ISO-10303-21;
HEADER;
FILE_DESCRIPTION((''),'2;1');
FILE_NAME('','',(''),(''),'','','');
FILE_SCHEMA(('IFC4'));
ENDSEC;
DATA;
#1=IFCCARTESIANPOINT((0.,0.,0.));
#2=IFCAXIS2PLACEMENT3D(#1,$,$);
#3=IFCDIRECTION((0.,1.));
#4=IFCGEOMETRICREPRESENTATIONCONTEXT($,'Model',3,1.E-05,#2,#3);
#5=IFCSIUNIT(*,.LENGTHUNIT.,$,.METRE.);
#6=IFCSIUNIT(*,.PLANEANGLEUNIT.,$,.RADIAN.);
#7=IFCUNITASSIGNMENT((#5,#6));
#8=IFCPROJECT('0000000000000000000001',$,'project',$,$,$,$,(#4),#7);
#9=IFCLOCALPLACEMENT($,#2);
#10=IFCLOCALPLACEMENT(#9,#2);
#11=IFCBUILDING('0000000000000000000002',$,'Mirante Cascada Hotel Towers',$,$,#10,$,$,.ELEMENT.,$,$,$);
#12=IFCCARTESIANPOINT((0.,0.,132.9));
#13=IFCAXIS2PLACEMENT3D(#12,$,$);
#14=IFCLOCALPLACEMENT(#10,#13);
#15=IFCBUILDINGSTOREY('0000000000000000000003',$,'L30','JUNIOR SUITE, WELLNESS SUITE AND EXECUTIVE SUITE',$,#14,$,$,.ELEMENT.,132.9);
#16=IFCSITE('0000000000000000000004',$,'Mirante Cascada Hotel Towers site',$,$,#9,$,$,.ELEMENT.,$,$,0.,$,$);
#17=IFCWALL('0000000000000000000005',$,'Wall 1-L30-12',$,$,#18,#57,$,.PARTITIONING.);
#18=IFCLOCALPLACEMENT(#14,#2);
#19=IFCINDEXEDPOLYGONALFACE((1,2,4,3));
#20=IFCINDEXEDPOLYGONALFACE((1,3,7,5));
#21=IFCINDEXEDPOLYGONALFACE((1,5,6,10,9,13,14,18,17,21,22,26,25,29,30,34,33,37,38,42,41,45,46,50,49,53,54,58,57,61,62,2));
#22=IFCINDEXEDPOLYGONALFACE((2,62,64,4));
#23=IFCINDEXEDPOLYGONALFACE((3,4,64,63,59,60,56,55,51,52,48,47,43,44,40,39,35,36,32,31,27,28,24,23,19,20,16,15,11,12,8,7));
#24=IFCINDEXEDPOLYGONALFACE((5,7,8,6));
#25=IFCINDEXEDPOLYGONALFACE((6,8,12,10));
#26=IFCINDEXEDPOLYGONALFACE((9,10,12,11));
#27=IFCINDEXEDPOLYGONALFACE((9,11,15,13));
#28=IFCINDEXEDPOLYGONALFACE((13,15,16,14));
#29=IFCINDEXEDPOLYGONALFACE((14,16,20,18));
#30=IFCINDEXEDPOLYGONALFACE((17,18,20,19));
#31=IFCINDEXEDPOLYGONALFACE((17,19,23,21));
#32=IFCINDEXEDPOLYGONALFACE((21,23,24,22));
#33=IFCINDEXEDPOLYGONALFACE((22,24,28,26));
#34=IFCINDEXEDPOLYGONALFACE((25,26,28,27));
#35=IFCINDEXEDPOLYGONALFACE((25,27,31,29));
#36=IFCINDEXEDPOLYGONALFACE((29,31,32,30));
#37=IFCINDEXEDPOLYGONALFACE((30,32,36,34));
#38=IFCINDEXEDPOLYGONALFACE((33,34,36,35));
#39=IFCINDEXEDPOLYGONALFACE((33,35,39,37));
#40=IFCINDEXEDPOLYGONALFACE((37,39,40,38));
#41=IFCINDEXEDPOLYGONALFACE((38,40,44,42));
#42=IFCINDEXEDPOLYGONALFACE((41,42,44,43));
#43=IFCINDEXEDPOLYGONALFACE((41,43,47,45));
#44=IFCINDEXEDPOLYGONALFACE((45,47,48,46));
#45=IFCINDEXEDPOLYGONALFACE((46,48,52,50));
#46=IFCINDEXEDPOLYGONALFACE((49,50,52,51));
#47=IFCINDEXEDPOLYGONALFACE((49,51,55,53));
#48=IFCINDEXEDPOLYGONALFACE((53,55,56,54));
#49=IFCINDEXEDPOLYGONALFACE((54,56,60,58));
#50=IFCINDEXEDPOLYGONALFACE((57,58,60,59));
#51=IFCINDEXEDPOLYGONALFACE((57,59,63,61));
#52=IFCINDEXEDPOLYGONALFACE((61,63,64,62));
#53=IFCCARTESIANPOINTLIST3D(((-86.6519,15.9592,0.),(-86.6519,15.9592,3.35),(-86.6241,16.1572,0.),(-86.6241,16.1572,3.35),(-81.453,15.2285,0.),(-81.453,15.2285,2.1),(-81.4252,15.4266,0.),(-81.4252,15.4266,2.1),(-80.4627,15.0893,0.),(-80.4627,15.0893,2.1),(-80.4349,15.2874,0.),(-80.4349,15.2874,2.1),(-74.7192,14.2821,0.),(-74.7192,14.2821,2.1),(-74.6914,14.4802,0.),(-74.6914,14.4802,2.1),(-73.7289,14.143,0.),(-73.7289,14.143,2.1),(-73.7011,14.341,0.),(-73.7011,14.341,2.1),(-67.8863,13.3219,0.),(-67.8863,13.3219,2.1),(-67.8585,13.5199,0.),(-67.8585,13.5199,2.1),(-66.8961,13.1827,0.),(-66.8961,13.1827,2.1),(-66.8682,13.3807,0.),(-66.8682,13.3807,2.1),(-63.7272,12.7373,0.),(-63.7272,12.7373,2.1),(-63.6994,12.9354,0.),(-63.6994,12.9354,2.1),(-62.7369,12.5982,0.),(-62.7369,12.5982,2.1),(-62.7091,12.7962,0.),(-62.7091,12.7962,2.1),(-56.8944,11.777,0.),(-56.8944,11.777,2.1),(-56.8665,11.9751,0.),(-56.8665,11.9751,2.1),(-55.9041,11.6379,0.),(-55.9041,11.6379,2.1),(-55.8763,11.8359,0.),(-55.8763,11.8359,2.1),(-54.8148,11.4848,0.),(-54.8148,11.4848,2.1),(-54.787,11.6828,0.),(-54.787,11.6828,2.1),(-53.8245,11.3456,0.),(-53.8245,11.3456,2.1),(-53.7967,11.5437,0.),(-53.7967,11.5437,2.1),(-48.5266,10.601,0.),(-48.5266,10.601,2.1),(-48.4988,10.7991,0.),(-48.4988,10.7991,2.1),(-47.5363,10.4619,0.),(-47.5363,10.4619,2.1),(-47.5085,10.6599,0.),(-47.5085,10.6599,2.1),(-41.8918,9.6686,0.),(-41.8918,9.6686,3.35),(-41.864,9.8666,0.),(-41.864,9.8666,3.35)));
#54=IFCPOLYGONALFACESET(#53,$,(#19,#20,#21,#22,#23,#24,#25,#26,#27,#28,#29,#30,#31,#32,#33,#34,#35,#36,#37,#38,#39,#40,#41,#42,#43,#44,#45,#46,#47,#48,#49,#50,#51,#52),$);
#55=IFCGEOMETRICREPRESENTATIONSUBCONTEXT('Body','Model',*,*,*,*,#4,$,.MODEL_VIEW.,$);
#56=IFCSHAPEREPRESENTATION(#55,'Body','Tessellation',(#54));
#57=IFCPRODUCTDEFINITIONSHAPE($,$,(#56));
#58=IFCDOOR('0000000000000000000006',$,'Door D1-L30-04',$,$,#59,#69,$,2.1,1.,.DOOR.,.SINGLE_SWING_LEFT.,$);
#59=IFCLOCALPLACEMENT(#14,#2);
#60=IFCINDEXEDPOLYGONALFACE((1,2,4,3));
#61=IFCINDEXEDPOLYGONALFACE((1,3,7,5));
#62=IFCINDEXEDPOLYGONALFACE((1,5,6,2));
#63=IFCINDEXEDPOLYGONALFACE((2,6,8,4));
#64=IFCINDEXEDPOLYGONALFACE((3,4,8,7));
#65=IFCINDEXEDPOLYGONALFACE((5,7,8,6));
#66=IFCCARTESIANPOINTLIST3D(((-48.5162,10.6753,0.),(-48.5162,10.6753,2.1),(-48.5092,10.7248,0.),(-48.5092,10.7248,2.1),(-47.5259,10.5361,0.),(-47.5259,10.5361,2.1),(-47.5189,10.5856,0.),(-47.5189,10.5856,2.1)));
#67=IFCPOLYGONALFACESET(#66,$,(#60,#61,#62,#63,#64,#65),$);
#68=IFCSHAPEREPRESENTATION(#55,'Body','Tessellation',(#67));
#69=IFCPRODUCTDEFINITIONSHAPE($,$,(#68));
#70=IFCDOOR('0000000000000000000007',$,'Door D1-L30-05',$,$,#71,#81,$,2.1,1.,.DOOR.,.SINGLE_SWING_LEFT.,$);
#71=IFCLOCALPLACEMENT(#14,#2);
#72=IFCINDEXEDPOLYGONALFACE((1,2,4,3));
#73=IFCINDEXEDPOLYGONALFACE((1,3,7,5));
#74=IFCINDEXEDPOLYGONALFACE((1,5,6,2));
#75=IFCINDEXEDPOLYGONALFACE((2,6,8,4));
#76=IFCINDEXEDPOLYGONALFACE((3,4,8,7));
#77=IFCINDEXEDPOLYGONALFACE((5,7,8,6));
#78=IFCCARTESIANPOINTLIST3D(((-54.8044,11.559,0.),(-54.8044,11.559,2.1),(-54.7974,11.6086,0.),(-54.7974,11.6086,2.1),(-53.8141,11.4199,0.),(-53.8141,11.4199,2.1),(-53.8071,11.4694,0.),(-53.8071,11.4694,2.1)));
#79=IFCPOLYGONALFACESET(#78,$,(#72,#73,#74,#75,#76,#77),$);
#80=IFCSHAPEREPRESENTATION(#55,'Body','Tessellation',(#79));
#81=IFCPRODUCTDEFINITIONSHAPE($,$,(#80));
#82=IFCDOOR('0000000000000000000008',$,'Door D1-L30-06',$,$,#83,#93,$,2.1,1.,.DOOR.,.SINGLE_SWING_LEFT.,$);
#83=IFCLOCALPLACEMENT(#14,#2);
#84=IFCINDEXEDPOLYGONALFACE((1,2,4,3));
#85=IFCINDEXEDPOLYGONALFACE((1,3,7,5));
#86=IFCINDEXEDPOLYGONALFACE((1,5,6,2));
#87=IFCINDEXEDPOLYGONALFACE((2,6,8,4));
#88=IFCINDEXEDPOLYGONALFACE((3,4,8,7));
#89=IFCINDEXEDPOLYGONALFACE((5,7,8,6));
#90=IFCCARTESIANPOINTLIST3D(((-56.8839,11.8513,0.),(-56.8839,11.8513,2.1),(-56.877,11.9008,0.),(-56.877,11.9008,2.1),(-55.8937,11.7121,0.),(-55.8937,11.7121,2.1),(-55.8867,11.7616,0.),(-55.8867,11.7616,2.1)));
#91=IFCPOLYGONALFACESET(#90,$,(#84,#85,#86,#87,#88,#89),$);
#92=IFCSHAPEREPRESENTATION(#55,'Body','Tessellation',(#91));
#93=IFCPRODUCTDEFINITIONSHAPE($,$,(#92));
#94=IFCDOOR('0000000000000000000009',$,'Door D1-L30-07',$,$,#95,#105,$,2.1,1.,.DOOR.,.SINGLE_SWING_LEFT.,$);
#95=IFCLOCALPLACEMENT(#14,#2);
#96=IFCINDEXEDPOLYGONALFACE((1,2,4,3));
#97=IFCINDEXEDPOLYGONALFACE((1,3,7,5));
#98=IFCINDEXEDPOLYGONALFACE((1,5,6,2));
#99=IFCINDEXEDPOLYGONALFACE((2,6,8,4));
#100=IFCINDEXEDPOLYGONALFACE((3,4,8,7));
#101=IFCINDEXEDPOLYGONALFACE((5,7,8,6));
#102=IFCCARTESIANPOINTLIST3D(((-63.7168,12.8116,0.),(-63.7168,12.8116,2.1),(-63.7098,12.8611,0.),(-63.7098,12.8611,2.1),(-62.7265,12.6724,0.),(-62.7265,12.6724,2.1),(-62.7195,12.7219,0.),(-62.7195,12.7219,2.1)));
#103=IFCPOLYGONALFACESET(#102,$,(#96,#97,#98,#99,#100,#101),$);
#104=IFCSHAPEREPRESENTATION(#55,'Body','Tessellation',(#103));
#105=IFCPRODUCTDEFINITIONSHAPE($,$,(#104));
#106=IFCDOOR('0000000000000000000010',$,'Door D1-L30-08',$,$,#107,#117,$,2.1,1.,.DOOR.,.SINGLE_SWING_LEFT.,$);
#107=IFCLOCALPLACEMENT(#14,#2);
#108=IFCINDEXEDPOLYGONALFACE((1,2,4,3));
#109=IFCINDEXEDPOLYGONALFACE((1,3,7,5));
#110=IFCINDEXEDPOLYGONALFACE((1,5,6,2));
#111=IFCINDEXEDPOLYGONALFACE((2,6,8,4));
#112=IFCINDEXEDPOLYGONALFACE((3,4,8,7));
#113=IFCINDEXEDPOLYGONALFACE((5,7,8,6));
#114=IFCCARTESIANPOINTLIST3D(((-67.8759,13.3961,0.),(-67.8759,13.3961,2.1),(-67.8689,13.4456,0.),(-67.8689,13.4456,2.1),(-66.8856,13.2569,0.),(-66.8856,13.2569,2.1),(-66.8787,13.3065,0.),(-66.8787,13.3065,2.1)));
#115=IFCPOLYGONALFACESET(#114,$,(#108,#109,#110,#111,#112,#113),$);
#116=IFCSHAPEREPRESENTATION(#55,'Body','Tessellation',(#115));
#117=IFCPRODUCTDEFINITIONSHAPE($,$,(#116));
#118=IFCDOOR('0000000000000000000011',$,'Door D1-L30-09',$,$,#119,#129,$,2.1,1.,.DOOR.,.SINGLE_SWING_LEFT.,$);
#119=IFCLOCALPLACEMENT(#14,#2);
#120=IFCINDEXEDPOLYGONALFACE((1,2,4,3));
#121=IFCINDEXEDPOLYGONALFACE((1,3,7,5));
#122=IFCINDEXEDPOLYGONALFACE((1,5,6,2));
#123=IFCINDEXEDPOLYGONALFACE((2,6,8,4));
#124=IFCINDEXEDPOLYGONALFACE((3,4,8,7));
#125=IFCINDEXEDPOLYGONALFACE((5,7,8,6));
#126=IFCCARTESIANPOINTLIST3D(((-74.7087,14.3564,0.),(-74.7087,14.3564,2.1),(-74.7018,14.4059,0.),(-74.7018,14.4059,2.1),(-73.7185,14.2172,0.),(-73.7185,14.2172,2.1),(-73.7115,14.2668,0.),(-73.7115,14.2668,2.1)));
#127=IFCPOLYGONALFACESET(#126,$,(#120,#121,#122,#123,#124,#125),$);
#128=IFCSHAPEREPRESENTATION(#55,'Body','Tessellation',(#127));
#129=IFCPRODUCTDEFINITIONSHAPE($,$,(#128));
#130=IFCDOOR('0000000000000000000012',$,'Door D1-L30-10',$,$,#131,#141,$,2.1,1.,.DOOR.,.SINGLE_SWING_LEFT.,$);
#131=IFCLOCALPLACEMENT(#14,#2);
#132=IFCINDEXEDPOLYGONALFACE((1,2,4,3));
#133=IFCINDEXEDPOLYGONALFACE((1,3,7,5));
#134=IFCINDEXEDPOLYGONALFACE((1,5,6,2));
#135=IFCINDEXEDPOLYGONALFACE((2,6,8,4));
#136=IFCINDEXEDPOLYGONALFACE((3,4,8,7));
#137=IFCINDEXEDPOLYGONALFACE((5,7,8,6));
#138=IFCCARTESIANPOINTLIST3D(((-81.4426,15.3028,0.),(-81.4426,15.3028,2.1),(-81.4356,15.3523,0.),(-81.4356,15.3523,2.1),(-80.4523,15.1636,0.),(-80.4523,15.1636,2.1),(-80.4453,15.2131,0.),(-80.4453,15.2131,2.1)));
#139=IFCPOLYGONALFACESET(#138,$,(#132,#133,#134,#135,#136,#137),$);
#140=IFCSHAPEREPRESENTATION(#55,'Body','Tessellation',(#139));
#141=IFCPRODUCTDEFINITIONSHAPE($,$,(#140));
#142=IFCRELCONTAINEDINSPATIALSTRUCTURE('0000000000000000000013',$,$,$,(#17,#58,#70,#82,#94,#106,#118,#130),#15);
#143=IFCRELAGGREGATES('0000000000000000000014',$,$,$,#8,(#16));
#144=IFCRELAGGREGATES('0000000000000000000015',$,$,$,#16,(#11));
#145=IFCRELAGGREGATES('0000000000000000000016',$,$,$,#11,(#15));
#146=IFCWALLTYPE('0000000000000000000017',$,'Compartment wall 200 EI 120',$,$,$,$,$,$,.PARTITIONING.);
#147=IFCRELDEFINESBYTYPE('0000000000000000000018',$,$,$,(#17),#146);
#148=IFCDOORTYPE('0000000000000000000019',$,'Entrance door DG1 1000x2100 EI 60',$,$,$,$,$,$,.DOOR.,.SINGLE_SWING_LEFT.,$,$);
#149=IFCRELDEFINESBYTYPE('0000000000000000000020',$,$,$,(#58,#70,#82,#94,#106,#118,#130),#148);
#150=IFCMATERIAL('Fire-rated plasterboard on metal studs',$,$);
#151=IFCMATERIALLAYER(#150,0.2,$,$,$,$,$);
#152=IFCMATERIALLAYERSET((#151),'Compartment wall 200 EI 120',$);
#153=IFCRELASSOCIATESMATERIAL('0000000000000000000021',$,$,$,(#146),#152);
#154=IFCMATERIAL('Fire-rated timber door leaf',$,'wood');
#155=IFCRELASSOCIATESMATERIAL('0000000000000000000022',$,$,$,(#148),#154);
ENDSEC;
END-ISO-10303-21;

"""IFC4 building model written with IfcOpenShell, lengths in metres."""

from ifc_helpers import new_model, si_unit, direction, frame, frame_2d, origin, place, context, subcontext, project, spatial, rectangle, extrude, material, layer, layer_set, type_object, element, fill, save


model = new_model("IFC4")

# Units and contexts
model_context = context("Model", 3, precision=1e-05, world=origin(), true_north=direction((0.0, 1.0)))
body_context = subcontext(model_context, "Body", "Model", "MODEL_VIEW")
ifc_project = project(units=[si_unit("LENGTHUNIT", "METRE"), si_unit("PLANEANGLEUNIT", "RADIAN")], contexts=[model_context])

# Site, building, storey
site_placement = place(None, origin())
site = spatial("IfcSite", under=ifc_project, at=site_placement, Name="Mirante Cascada Hotel Towers site", CompositionType="ELEMENT", RefElevation=0.0)
building_placement = place(site_placement, origin())
building = spatial("IfcBuilding", under=site, at=building_placement, Name="Mirante Cascada Hotel Towers", CompositionType="ELEMENT")
storey_placement = place(building_placement, frame((0.0, 0.0, 132.9)))
storey = spatial("IfcBuildingStorey", under=building, at=storey_placement, Name="L30", Description="JUNIOR SUITE, WELLNESS SUITE AND EXECUTIVE SUITE", CompositionType="ELEMENT", Elevation=132.9)

# Wall, openings, doors
ifc_material_1 = material(Name="Fire-rated plasterboard on metal studs")
ifc_layer_1 = layer(ifc_material_1, 0.2)
ifc_layer_set_1 = layer_set([ifc_layer_1], Name="Compartment wall 200 EI 120")
wall_type_1 = type_object("IfcWallType", Name="Compartment wall 200 EI 120", PredefinedType="PARTITIONING", material=ifc_layer_set_1)
wall_1_placement = place(storey_placement, frame((-86.638, 16.0582, 0.0), z_axis=(0.0, 0.0, 1.0), x_axis=(0.990268, -0.139173, 0.0)))
wall_1 = element("IfcWall", 1, at=wall_1_placement, inside=storey, type_object=wall_type_1, Name="Wall 1-L30-12", PredefinedType="PARTITIONING", context=body_context, shape_type="SweptSolid", body=[
    extrude(rectangle(XDim=45.2, YDim=0.2, at=frame_2d((22.6, 0.0))), origin(), (0.0, 0.0, 1.0), 3.35),
])
opening_1_placement = place(wall_1_placement, frame((38.5, 0.0, 0.0)))
opening_1 = element("IfcOpeningElement", 2, at=opening_1_placement, cuts=wall_1, PredefinedType="OPENING", context=body_context, shape_type="SweptSolid", body=[
    extrude(rectangle(XDim=1.0, YDim=2.1, at=frame_2d((0.5, 1.05))), frame((0.0, 0.1, 0.0), z_axis=(0.0, -1.0, 0.0), x_axis=(1.0, 0.0, 0.0)), (0.0, 0.0, 1.0), 0.2),
])
opening_2_placement = place(wall_1_placement, frame((32.15, 0.0, 0.0)))
opening_2 = element("IfcOpeningElement", 3, at=opening_2_placement, cuts=wall_1, PredefinedType="OPENING", context=body_context, shape_type="SweptSolid", body=[
    extrude(rectangle(XDim=1.0, YDim=2.1, at=frame_2d((0.5, 1.05))), frame((0.0, 0.1, 0.0), z_axis=(0.0, -1.0, 0.0), x_axis=(1.0, 0.0, 0.0)), (0.0, 0.0, 1.0), 0.2),
])
opening_3_placement = place(wall_1_placement, frame((30.05, 0.0, 0.0)))
opening_3 = element("IfcOpeningElement", 4, at=opening_3_placement, cuts=wall_1, PredefinedType="OPENING", context=body_context, shape_type="SweptSolid", body=[
    extrude(rectangle(XDim=1.0, YDim=2.1, at=frame_2d((0.5, 1.05))), frame((0.0, 0.1, 0.0), z_axis=(0.0, -1.0, 0.0), x_axis=(1.0, 0.0, 0.0)), (0.0, 0.0, 1.0), 0.2),
])
opening_4_placement = place(wall_1_placement, frame((23.15, 0.0, 0.0)))
opening_4 = element("IfcOpeningElement", 5, at=opening_4_placement, cuts=wall_1, PredefinedType="OPENING", context=body_context, shape_type="SweptSolid", body=[
    extrude(rectangle(XDim=1.0, YDim=2.1, at=frame_2d((0.5, 1.05))), frame((0.0, 0.1, 0.0), z_axis=(0.0, -1.0, 0.0), x_axis=(1.0, 0.0, 0.0)), (0.0, 0.0, 1.0), 0.2),
])
opening_5_placement = place(wall_1_placement, frame((18.95, 0.0, 0.0)))
opening_5 = element("IfcOpeningElement", 6, at=opening_5_placement, cuts=wall_1, PredefinedType="OPENING", context=body_context, shape_type="SweptSolid", body=[
    extrude(rectangle(XDim=1.0, YDim=2.1, at=frame_2d((0.5, 1.05))), frame((0.0, 0.1, 0.0), z_axis=(0.0, -1.0, 0.0), x_axis=(1.0, 0.0, 0.0)), (0.0, 0.0, 1.0), 0.2),
])
opening_6_placement = place(wall_1_placement, frame((12.05, 0.0, 0.0)))
opening_6 = element("IfcOpeningElement", 7, at=opening_6_placement, cuts=wall_1, PredefinedType="OPENING", context=body_context, shape_type="SweptSolid", body=[
    extrude(rectangle(XDim=1.0, YDim=2.1, at=frame_2d((0.5, 1.05))), frame((0.0, 0.1, 0.0), z_axis=(0.0, -1.0, 0.0), x_axis=(1.0, 0.0, 0.0)), (0.0, 0.0, 1.0), 0.2),
])
opening_7_placement = place(wall_1_placement, frame((5.25, 0.0, 0.0)))
opening_7 = element("IfcOpeningElement", 8, at=opening_7_placement, cuts=wall_1, PredefinedType="OPENING", context=body_context, shape_type="SweptSolid", body=[
    extrude(rectangle(XDim=1.0, YDim=2.1, at=frame_2d((0.5, 1.05))), frame((0.0, 0.1, 0.0), z_axis=(0.0, -1.0, 0.0), x_axis=(1.0, 0.0, 0.0)), (0.0, 0.0, 1.0), 0.2),
])
ifc_material_2 = material(Name="Fire-rated timber door leaf", Category="wood")
door_type_1 = type_object("IfcDoorType", Name="Entrance door DG1 1000x2100 EI 60", OperationType="SINGLE_SWING_LEFT", PredefinedType="DOOR", material=ifc_material_2)
door_1_placement = place(opening_1_placement, origin())
door_1 = element("IfcDoor", 9, at=door_1_placement, inside=storey, type_object=door_type_1, Name="Door D1-L30-04", OperationType="SINGLE_SWING_LEFT", OverallHeight=2.1, OverallWidth=1.0, PredefinedType="DOOR", context=body_context, shape_type="SweptSolid", body=[
    extrude(rectangle(XDim=1.0, YDim=2.1, at=frame_2d((0.5, 1.05))), frame((0.0, 0.025, 0.0), z_axis=(0.0, -1.0, 0.0), x_axis=(1.0, 0.0, 0.0)), (0.0, 0.0, 1.0), 0.05),
])
fill(opening_1, door_1)
door_2_placement = place(opening_2_placement, origin())
door_2 = element("IfcDoor", 10, at=door_2_placement, inside=storey, type_object=door_type_1, Name="Door D1-L30-05", OperationType="SINGLE_SWING_LEFT", OverallHeight=2.1, OverallWidth=1.0, PredefinedType="DOOR", context=body_context, shape_type="SweptSolid", body=[
    extrude(rectangle(XDim=1.0, YDim=2.1, at=frame_2d((0.5, 1.05))), frame((0.0, 0.025, 0.0), z_axis=(0.0, -1.0, 0.0), x_axis=(1.0, 0.0, 0.0)), (0.0, 0.0, 1.0), 0.05),
])
fill(opening_2, door_2)
door_3_placement = place(opening_3_placement, origin())
door_3 = element("IfcDoor", 11, at=door_3_placement, inside=storey, type_object=door_type_1, Name="Door D1-L30-06", OperationType="SINGLE_SWING_LEFT", OverallHeight=2.1, OverallWidth=1.0, PredefinedType="DOOR", context=body_context, shape_type="SweptSolid", body=[
    extrude(rectangle(XDim=1.0, YDim=2.1, at=frame_2d((0.5, 1.05))), frame((0.0, 0.025, 0.0), z_axis=(0.0, -1.0, 0.0), x_axis=(1.0, 0.0, 0.0)), (0.0, 0.0, 1.0), 0.05),
])
fill(opening_3, door_3)
door_4_placement = place(opening_4_placement, origin())
door_4 = element("IfcDoor", 12, at=door_4_placement, inside=storey, type_object=door_type_1, Name="Door D1-L30-07", OperationType="SINGLE_SWING_LEFT", OverallHeight=2.1, OverallWidth=1.0, PredefinedType="DOOR", context=body_context, shape_type="SweptSolid", body=[
    extrude(rectangle(XDim=1.0, YDim=2.1, at=frame_2d((0.5, 1.05))), frame((0.0, 0.025, 0.0), z_axis=(0.0, -1.0, 0.0), x_axis=(1.0, 0.0, 0.0)), (0.0, 0.0, 1.0), 0.05),
])
fill(opening_4, door_4)
door_5_placement = place(opening_5_placement, origin())
door_5 = element("IfcDoor", 13, at=door_5_placement, inside=storey, type_object=door_type_1, Name="Door D1-L30-08", OperationType="SINGLE_SWING_LEFT", OverallHeight=2.1, OverallWidth=1.0, PredefinedType="DOOR", context=body_context, shape_type="SweptSolid", body=[
    extrude(rectangle(XDim=1.0, YDim=2.1, at=frame_2d((0.5, 1.05))), frame((0.0, 0.025, 0.0), z_axis=(0.0, -1.0, 0.0), x_axis=(1.0, 0.0, 0.0)), (0.0, 0.0, 1.0), 0.05),
])
fill(opening_5, door_5)
door_6_placement = place(opening_6_placement, origin())
door_6 = element("IfcDoor", 14, at=door_6_placement, inside=storey, type_object=door_type_1, Name="Door D1-L30-09", OperationType="SINGLE_SWING_LEFT", OverallHeight=2.1, OverallWidth=1.0, PredefinedType="DOOR", context=body_context, shape_type="SweptSolid", body=[
    extrude(rectangle(XDim=1.0, YDim=2.1, at=frame_2d((0.5, 1.05))), frame((0.0, 0.025, 0.0), z_axis=(0.0, -1.0, 0.0), x_axis=(1.0, 0.0, 0.0)), (0.0, 0.0, 1.0), 0.05),
])
fill(opening_6, door_6)
door_7_placement = place(opening_7_placement, origin())
door_7 = element("IfcDoor", 15, at=door_7_placement, inside=storey, type_object=door_type_1, Name="Door D1-L30-10", OperationType="SINGLE_SWING_LEFT", OverallHeight=2.1, OverallWidth=1.0, PredefinedType="DOOR", context=body_context, shape_type="SweptSolid", body=[
    extrude(rectangle(XDim=1.0, YDim=2.1, at=frame_2d((0.5, 1.05))), frame((0.0, 0.025, 0.0), z_axis=(0.0, -1.0, 0.0), x_axis=(1.0, 0.0, 0.0)), (0.0, 0.0, 1.0), 0.05),
])
fill(opening_7, door_7)

save(model, "model.ifc")
